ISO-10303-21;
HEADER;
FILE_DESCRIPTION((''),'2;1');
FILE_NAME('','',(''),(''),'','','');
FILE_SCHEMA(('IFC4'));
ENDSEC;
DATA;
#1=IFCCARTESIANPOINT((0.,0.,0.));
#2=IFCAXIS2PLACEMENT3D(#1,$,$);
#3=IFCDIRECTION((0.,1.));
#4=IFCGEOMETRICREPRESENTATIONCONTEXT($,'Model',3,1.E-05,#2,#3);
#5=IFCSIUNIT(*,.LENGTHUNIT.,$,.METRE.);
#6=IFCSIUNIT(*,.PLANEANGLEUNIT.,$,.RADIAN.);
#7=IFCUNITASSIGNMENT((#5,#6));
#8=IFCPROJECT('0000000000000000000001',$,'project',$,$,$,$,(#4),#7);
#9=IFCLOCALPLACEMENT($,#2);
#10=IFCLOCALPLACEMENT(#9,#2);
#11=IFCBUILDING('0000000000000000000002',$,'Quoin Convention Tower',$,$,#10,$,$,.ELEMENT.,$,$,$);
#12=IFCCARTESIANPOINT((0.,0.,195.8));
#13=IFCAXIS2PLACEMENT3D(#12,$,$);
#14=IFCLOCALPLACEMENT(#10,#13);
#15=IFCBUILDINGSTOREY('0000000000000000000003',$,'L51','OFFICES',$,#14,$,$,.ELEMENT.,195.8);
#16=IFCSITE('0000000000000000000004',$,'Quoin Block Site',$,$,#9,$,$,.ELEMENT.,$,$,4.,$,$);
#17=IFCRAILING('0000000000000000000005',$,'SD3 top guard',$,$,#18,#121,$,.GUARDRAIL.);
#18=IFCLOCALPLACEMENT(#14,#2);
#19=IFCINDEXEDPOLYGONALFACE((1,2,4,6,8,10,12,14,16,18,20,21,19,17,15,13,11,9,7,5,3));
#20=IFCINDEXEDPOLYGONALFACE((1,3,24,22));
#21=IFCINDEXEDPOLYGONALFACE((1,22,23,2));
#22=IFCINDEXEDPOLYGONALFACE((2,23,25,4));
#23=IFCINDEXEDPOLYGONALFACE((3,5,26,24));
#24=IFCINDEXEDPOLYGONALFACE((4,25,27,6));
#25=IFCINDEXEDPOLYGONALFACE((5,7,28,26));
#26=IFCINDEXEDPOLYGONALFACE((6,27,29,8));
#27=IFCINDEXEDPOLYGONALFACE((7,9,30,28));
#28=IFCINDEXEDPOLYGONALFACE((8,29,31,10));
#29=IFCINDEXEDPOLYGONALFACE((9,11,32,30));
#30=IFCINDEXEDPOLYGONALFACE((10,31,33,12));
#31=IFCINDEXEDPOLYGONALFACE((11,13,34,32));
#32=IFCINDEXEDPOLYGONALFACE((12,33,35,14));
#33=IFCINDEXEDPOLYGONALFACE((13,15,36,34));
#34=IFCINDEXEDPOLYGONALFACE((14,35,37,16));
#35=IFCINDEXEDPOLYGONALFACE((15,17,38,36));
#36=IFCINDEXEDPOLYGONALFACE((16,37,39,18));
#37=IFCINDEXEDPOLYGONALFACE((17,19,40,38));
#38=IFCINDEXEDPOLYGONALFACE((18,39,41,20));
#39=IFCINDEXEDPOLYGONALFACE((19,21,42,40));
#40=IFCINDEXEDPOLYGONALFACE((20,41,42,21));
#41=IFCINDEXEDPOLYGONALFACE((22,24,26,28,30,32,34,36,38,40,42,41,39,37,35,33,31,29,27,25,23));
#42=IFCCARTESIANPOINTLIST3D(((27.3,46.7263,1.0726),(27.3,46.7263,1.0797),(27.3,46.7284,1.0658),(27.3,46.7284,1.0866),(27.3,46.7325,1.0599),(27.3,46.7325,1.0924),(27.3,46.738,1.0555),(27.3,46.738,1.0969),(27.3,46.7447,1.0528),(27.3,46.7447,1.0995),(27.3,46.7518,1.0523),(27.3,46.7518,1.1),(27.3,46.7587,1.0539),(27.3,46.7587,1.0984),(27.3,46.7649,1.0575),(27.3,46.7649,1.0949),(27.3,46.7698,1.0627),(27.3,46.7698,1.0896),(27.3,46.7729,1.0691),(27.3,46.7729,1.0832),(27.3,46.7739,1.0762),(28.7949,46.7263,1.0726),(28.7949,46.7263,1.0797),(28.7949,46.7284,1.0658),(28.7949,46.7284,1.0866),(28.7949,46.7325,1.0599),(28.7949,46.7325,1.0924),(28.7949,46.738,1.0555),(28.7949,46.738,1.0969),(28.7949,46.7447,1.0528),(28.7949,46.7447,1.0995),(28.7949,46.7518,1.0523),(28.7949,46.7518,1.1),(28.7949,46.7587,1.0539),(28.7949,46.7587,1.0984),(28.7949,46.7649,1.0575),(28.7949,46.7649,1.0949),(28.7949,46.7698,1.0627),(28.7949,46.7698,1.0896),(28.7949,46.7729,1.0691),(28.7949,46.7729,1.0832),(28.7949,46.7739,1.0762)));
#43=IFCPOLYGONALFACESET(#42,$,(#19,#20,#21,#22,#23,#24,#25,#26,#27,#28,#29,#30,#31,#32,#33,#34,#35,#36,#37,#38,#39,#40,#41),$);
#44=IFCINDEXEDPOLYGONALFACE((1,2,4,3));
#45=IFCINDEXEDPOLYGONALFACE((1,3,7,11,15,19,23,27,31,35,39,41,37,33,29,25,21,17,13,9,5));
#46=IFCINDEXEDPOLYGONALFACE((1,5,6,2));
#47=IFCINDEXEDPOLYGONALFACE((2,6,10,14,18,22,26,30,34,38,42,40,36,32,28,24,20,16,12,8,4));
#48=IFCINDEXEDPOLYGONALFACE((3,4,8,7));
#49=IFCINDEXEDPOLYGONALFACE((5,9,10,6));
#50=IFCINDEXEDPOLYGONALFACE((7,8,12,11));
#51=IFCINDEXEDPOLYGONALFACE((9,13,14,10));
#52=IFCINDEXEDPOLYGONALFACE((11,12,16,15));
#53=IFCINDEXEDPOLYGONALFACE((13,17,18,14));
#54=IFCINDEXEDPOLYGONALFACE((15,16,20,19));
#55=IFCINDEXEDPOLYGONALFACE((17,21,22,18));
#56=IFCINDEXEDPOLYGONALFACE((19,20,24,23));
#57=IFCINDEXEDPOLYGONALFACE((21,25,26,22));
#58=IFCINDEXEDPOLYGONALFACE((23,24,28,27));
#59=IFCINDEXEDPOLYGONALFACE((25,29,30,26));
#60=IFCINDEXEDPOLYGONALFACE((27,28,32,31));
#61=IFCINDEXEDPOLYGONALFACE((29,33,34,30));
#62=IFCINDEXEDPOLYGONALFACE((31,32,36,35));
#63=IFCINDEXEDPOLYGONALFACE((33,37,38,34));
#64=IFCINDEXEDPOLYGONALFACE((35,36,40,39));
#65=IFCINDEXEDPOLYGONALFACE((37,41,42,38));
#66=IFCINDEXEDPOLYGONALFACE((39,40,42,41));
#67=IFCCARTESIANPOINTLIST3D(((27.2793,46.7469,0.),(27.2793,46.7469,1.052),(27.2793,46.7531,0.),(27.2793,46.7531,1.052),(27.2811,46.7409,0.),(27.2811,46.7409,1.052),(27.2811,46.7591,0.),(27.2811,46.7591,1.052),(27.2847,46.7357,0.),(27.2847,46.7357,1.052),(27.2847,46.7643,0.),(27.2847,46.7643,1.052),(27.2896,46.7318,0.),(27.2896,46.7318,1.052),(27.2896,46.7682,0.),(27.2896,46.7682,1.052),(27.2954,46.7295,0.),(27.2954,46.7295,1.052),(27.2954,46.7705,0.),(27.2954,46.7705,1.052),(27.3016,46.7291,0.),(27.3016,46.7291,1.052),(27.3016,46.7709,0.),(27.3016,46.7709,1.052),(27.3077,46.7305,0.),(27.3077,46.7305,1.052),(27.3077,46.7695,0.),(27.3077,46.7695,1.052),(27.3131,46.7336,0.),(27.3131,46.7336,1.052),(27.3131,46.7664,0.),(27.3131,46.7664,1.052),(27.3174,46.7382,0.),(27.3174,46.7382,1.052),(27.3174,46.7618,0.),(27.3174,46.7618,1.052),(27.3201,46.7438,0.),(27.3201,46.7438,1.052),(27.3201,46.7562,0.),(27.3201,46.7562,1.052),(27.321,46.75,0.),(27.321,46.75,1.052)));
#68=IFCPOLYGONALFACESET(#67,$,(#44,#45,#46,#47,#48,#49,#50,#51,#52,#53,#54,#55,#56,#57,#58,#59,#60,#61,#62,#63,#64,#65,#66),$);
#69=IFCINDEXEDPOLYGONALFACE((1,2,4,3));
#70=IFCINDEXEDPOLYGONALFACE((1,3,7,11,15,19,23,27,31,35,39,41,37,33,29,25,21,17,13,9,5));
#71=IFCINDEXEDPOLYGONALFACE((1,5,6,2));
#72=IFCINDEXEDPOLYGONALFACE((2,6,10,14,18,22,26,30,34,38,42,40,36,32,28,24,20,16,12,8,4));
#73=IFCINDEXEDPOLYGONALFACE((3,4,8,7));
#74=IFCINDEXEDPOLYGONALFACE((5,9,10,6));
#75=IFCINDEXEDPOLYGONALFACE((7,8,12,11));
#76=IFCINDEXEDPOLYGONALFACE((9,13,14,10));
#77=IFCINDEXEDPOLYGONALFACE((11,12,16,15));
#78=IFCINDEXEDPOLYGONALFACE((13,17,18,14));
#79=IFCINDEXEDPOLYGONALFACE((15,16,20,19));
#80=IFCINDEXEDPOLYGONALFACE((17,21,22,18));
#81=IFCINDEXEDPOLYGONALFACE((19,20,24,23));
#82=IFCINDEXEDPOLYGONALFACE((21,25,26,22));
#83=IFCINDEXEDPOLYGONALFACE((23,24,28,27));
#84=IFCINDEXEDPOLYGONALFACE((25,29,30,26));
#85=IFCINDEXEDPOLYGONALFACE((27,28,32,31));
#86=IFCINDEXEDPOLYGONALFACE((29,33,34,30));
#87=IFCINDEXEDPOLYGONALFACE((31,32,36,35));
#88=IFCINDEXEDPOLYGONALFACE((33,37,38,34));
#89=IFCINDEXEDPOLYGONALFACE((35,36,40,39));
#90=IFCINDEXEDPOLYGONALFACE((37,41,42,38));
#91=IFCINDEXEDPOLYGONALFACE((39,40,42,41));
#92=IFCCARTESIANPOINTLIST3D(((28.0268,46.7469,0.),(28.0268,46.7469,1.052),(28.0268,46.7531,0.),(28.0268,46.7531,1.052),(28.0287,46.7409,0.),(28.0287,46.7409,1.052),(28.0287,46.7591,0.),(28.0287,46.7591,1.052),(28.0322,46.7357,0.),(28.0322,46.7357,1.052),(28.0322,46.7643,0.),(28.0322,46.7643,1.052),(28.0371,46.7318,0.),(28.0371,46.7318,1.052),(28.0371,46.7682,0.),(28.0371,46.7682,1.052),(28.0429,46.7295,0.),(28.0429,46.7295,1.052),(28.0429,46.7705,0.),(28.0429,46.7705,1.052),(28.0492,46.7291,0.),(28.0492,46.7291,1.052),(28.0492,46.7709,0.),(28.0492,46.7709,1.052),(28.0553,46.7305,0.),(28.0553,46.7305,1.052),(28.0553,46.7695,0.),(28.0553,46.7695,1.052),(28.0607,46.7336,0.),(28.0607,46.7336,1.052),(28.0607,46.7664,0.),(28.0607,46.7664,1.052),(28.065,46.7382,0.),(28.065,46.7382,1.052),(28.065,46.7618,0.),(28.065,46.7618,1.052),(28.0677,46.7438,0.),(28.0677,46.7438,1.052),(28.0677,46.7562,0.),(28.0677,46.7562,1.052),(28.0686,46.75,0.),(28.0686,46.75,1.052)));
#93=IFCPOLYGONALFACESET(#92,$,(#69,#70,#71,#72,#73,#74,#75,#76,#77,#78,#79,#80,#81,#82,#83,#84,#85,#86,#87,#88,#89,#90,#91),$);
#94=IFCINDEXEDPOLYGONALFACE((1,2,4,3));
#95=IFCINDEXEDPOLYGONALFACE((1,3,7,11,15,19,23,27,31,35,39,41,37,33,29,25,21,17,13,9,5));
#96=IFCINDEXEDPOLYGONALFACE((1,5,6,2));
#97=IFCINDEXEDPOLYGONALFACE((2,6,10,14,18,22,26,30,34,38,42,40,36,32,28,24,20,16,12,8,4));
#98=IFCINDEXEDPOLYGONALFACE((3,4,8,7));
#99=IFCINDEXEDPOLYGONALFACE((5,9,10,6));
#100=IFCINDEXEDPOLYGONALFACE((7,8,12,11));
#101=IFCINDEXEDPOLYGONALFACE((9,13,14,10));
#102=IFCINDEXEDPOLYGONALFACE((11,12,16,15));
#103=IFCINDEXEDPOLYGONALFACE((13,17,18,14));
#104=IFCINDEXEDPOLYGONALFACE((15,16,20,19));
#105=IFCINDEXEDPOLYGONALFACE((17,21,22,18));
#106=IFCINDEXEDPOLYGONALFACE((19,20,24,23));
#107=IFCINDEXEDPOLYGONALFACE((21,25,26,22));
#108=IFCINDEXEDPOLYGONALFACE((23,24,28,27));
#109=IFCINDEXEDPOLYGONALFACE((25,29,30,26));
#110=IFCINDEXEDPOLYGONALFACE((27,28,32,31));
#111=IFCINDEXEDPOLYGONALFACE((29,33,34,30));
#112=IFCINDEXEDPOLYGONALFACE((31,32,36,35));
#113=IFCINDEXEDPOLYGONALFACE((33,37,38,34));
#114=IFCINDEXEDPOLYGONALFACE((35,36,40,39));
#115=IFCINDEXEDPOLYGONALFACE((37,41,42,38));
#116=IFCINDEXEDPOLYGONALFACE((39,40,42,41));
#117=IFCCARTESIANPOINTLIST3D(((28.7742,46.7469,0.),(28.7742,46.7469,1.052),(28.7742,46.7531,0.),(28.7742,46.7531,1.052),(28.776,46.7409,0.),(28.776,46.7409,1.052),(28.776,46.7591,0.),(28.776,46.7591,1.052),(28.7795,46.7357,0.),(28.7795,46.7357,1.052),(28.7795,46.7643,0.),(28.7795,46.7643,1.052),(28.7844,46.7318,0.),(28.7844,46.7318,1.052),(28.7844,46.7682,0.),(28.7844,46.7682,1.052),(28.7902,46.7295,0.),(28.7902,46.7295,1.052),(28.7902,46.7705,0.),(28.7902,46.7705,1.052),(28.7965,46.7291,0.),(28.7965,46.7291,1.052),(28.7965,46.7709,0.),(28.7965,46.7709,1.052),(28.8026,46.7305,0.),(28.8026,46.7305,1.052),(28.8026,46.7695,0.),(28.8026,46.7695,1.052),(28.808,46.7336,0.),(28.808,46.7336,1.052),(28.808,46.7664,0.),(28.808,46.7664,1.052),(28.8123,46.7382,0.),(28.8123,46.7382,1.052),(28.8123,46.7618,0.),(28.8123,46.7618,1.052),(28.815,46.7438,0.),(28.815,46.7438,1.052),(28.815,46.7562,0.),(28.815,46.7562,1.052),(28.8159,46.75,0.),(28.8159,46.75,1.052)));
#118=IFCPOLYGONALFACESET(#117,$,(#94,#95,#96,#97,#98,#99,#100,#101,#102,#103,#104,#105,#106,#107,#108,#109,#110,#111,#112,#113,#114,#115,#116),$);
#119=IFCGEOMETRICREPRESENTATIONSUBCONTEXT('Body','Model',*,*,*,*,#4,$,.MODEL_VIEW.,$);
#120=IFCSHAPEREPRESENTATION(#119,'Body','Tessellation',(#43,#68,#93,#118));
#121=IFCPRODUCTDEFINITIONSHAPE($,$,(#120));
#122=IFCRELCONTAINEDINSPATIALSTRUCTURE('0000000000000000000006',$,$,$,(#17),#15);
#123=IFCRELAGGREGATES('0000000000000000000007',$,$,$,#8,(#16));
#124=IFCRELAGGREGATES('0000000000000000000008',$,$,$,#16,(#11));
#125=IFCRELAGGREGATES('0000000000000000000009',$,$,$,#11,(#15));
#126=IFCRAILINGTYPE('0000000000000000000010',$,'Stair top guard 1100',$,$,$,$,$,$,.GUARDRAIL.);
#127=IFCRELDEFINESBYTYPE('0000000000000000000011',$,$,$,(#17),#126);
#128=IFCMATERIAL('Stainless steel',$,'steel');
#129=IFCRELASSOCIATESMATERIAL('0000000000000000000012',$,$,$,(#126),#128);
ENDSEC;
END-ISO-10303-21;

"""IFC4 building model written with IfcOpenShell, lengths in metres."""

from ifc_helpers import new_model, si_unit, direction, frame, origin, origin_2d, place, context, subcontext, project, spatial, circle, extrude, material, type_object, element, save


model = new_model("IFC4")

# Units and contexts
model_context = context("Model", 3, precision=1e-05, world=origin(), true_north=direction((0.0, 1.0)))
body_context = subcontext(model_context, "Body", "Model", "MODEL_VIEW")
ifc_project = project(units=[si_unit("LENGTHUNIT", "METRE"), si_unit("PLANEANGLEUNIT", "RADIAN")], contexts=[model_context])

# Site, building, storey
site_placement = place(None, origin())
site = spatial("IfcSite", under=ifc_project, at=site_placement, Name="Quoin Block Site", CompositionType="ELEMENT", RefElevation=4.0)
building_placement = place(site_placement, origin())
building = spatial("IfcBuilding", under=site, at=building_placement, Name="Quoin Convention Tower", CompositionType="ELEMENT")
storey_placement = place(building_placement, frame((0.0, 0.0, 195.8)))
storey = spatial("IfcBuildingStorey", under=building, at=storey_placement, Name="L51", Description="OFFICES", CompositionType="ELEMENT", Elevation=195.8)

# Railing
ifc_material_1 = material(Name="Stainless steel", Category="steel")
railing_type_1 = type_object("IfcRailingType", Name="Stair top guard 1100", PredefinedType="GUARDRAIL", material=ifc_material_1)
railing_1_placement = place(storey_placement, frame((27.3, 46.75, 0.0)))
element("IfcRailing", 1, at=railing_1_placement, inside=storey, type_object=railing_type_1, Name="SD3 top guard", PredefinedType="GUARDRAIL", context=body_context, shape_type="SweptSolid", body=[
    extrude(circle(Radius=0.0239, at=origin_2d()), frame((0.0, 0.0, 1.0762), z_axis=(1.0, 0.0, 0.0), x_axis=(0.0, 1.0, 0.0)), (0.0, 0.0, 1.0), 1.4949),
    extrude(circle(Radius=0.021, at=origin_2d()), origin(), (0.0, 0.0, 1.0), 1.052),
    extrude(circle(Radius=0.021, at=origin_2d()), frame((0.7476, 0.0, 0.0)), (0.0, 0.0, 1.0), 1.052),
    extrude(circle(Radius=0.021, at=origin_2d()), frame((1.4949, 0.0, 0.0)), (0.0, 0.0, 1.0), 1.052),
])

save(model, "model.ifc")
